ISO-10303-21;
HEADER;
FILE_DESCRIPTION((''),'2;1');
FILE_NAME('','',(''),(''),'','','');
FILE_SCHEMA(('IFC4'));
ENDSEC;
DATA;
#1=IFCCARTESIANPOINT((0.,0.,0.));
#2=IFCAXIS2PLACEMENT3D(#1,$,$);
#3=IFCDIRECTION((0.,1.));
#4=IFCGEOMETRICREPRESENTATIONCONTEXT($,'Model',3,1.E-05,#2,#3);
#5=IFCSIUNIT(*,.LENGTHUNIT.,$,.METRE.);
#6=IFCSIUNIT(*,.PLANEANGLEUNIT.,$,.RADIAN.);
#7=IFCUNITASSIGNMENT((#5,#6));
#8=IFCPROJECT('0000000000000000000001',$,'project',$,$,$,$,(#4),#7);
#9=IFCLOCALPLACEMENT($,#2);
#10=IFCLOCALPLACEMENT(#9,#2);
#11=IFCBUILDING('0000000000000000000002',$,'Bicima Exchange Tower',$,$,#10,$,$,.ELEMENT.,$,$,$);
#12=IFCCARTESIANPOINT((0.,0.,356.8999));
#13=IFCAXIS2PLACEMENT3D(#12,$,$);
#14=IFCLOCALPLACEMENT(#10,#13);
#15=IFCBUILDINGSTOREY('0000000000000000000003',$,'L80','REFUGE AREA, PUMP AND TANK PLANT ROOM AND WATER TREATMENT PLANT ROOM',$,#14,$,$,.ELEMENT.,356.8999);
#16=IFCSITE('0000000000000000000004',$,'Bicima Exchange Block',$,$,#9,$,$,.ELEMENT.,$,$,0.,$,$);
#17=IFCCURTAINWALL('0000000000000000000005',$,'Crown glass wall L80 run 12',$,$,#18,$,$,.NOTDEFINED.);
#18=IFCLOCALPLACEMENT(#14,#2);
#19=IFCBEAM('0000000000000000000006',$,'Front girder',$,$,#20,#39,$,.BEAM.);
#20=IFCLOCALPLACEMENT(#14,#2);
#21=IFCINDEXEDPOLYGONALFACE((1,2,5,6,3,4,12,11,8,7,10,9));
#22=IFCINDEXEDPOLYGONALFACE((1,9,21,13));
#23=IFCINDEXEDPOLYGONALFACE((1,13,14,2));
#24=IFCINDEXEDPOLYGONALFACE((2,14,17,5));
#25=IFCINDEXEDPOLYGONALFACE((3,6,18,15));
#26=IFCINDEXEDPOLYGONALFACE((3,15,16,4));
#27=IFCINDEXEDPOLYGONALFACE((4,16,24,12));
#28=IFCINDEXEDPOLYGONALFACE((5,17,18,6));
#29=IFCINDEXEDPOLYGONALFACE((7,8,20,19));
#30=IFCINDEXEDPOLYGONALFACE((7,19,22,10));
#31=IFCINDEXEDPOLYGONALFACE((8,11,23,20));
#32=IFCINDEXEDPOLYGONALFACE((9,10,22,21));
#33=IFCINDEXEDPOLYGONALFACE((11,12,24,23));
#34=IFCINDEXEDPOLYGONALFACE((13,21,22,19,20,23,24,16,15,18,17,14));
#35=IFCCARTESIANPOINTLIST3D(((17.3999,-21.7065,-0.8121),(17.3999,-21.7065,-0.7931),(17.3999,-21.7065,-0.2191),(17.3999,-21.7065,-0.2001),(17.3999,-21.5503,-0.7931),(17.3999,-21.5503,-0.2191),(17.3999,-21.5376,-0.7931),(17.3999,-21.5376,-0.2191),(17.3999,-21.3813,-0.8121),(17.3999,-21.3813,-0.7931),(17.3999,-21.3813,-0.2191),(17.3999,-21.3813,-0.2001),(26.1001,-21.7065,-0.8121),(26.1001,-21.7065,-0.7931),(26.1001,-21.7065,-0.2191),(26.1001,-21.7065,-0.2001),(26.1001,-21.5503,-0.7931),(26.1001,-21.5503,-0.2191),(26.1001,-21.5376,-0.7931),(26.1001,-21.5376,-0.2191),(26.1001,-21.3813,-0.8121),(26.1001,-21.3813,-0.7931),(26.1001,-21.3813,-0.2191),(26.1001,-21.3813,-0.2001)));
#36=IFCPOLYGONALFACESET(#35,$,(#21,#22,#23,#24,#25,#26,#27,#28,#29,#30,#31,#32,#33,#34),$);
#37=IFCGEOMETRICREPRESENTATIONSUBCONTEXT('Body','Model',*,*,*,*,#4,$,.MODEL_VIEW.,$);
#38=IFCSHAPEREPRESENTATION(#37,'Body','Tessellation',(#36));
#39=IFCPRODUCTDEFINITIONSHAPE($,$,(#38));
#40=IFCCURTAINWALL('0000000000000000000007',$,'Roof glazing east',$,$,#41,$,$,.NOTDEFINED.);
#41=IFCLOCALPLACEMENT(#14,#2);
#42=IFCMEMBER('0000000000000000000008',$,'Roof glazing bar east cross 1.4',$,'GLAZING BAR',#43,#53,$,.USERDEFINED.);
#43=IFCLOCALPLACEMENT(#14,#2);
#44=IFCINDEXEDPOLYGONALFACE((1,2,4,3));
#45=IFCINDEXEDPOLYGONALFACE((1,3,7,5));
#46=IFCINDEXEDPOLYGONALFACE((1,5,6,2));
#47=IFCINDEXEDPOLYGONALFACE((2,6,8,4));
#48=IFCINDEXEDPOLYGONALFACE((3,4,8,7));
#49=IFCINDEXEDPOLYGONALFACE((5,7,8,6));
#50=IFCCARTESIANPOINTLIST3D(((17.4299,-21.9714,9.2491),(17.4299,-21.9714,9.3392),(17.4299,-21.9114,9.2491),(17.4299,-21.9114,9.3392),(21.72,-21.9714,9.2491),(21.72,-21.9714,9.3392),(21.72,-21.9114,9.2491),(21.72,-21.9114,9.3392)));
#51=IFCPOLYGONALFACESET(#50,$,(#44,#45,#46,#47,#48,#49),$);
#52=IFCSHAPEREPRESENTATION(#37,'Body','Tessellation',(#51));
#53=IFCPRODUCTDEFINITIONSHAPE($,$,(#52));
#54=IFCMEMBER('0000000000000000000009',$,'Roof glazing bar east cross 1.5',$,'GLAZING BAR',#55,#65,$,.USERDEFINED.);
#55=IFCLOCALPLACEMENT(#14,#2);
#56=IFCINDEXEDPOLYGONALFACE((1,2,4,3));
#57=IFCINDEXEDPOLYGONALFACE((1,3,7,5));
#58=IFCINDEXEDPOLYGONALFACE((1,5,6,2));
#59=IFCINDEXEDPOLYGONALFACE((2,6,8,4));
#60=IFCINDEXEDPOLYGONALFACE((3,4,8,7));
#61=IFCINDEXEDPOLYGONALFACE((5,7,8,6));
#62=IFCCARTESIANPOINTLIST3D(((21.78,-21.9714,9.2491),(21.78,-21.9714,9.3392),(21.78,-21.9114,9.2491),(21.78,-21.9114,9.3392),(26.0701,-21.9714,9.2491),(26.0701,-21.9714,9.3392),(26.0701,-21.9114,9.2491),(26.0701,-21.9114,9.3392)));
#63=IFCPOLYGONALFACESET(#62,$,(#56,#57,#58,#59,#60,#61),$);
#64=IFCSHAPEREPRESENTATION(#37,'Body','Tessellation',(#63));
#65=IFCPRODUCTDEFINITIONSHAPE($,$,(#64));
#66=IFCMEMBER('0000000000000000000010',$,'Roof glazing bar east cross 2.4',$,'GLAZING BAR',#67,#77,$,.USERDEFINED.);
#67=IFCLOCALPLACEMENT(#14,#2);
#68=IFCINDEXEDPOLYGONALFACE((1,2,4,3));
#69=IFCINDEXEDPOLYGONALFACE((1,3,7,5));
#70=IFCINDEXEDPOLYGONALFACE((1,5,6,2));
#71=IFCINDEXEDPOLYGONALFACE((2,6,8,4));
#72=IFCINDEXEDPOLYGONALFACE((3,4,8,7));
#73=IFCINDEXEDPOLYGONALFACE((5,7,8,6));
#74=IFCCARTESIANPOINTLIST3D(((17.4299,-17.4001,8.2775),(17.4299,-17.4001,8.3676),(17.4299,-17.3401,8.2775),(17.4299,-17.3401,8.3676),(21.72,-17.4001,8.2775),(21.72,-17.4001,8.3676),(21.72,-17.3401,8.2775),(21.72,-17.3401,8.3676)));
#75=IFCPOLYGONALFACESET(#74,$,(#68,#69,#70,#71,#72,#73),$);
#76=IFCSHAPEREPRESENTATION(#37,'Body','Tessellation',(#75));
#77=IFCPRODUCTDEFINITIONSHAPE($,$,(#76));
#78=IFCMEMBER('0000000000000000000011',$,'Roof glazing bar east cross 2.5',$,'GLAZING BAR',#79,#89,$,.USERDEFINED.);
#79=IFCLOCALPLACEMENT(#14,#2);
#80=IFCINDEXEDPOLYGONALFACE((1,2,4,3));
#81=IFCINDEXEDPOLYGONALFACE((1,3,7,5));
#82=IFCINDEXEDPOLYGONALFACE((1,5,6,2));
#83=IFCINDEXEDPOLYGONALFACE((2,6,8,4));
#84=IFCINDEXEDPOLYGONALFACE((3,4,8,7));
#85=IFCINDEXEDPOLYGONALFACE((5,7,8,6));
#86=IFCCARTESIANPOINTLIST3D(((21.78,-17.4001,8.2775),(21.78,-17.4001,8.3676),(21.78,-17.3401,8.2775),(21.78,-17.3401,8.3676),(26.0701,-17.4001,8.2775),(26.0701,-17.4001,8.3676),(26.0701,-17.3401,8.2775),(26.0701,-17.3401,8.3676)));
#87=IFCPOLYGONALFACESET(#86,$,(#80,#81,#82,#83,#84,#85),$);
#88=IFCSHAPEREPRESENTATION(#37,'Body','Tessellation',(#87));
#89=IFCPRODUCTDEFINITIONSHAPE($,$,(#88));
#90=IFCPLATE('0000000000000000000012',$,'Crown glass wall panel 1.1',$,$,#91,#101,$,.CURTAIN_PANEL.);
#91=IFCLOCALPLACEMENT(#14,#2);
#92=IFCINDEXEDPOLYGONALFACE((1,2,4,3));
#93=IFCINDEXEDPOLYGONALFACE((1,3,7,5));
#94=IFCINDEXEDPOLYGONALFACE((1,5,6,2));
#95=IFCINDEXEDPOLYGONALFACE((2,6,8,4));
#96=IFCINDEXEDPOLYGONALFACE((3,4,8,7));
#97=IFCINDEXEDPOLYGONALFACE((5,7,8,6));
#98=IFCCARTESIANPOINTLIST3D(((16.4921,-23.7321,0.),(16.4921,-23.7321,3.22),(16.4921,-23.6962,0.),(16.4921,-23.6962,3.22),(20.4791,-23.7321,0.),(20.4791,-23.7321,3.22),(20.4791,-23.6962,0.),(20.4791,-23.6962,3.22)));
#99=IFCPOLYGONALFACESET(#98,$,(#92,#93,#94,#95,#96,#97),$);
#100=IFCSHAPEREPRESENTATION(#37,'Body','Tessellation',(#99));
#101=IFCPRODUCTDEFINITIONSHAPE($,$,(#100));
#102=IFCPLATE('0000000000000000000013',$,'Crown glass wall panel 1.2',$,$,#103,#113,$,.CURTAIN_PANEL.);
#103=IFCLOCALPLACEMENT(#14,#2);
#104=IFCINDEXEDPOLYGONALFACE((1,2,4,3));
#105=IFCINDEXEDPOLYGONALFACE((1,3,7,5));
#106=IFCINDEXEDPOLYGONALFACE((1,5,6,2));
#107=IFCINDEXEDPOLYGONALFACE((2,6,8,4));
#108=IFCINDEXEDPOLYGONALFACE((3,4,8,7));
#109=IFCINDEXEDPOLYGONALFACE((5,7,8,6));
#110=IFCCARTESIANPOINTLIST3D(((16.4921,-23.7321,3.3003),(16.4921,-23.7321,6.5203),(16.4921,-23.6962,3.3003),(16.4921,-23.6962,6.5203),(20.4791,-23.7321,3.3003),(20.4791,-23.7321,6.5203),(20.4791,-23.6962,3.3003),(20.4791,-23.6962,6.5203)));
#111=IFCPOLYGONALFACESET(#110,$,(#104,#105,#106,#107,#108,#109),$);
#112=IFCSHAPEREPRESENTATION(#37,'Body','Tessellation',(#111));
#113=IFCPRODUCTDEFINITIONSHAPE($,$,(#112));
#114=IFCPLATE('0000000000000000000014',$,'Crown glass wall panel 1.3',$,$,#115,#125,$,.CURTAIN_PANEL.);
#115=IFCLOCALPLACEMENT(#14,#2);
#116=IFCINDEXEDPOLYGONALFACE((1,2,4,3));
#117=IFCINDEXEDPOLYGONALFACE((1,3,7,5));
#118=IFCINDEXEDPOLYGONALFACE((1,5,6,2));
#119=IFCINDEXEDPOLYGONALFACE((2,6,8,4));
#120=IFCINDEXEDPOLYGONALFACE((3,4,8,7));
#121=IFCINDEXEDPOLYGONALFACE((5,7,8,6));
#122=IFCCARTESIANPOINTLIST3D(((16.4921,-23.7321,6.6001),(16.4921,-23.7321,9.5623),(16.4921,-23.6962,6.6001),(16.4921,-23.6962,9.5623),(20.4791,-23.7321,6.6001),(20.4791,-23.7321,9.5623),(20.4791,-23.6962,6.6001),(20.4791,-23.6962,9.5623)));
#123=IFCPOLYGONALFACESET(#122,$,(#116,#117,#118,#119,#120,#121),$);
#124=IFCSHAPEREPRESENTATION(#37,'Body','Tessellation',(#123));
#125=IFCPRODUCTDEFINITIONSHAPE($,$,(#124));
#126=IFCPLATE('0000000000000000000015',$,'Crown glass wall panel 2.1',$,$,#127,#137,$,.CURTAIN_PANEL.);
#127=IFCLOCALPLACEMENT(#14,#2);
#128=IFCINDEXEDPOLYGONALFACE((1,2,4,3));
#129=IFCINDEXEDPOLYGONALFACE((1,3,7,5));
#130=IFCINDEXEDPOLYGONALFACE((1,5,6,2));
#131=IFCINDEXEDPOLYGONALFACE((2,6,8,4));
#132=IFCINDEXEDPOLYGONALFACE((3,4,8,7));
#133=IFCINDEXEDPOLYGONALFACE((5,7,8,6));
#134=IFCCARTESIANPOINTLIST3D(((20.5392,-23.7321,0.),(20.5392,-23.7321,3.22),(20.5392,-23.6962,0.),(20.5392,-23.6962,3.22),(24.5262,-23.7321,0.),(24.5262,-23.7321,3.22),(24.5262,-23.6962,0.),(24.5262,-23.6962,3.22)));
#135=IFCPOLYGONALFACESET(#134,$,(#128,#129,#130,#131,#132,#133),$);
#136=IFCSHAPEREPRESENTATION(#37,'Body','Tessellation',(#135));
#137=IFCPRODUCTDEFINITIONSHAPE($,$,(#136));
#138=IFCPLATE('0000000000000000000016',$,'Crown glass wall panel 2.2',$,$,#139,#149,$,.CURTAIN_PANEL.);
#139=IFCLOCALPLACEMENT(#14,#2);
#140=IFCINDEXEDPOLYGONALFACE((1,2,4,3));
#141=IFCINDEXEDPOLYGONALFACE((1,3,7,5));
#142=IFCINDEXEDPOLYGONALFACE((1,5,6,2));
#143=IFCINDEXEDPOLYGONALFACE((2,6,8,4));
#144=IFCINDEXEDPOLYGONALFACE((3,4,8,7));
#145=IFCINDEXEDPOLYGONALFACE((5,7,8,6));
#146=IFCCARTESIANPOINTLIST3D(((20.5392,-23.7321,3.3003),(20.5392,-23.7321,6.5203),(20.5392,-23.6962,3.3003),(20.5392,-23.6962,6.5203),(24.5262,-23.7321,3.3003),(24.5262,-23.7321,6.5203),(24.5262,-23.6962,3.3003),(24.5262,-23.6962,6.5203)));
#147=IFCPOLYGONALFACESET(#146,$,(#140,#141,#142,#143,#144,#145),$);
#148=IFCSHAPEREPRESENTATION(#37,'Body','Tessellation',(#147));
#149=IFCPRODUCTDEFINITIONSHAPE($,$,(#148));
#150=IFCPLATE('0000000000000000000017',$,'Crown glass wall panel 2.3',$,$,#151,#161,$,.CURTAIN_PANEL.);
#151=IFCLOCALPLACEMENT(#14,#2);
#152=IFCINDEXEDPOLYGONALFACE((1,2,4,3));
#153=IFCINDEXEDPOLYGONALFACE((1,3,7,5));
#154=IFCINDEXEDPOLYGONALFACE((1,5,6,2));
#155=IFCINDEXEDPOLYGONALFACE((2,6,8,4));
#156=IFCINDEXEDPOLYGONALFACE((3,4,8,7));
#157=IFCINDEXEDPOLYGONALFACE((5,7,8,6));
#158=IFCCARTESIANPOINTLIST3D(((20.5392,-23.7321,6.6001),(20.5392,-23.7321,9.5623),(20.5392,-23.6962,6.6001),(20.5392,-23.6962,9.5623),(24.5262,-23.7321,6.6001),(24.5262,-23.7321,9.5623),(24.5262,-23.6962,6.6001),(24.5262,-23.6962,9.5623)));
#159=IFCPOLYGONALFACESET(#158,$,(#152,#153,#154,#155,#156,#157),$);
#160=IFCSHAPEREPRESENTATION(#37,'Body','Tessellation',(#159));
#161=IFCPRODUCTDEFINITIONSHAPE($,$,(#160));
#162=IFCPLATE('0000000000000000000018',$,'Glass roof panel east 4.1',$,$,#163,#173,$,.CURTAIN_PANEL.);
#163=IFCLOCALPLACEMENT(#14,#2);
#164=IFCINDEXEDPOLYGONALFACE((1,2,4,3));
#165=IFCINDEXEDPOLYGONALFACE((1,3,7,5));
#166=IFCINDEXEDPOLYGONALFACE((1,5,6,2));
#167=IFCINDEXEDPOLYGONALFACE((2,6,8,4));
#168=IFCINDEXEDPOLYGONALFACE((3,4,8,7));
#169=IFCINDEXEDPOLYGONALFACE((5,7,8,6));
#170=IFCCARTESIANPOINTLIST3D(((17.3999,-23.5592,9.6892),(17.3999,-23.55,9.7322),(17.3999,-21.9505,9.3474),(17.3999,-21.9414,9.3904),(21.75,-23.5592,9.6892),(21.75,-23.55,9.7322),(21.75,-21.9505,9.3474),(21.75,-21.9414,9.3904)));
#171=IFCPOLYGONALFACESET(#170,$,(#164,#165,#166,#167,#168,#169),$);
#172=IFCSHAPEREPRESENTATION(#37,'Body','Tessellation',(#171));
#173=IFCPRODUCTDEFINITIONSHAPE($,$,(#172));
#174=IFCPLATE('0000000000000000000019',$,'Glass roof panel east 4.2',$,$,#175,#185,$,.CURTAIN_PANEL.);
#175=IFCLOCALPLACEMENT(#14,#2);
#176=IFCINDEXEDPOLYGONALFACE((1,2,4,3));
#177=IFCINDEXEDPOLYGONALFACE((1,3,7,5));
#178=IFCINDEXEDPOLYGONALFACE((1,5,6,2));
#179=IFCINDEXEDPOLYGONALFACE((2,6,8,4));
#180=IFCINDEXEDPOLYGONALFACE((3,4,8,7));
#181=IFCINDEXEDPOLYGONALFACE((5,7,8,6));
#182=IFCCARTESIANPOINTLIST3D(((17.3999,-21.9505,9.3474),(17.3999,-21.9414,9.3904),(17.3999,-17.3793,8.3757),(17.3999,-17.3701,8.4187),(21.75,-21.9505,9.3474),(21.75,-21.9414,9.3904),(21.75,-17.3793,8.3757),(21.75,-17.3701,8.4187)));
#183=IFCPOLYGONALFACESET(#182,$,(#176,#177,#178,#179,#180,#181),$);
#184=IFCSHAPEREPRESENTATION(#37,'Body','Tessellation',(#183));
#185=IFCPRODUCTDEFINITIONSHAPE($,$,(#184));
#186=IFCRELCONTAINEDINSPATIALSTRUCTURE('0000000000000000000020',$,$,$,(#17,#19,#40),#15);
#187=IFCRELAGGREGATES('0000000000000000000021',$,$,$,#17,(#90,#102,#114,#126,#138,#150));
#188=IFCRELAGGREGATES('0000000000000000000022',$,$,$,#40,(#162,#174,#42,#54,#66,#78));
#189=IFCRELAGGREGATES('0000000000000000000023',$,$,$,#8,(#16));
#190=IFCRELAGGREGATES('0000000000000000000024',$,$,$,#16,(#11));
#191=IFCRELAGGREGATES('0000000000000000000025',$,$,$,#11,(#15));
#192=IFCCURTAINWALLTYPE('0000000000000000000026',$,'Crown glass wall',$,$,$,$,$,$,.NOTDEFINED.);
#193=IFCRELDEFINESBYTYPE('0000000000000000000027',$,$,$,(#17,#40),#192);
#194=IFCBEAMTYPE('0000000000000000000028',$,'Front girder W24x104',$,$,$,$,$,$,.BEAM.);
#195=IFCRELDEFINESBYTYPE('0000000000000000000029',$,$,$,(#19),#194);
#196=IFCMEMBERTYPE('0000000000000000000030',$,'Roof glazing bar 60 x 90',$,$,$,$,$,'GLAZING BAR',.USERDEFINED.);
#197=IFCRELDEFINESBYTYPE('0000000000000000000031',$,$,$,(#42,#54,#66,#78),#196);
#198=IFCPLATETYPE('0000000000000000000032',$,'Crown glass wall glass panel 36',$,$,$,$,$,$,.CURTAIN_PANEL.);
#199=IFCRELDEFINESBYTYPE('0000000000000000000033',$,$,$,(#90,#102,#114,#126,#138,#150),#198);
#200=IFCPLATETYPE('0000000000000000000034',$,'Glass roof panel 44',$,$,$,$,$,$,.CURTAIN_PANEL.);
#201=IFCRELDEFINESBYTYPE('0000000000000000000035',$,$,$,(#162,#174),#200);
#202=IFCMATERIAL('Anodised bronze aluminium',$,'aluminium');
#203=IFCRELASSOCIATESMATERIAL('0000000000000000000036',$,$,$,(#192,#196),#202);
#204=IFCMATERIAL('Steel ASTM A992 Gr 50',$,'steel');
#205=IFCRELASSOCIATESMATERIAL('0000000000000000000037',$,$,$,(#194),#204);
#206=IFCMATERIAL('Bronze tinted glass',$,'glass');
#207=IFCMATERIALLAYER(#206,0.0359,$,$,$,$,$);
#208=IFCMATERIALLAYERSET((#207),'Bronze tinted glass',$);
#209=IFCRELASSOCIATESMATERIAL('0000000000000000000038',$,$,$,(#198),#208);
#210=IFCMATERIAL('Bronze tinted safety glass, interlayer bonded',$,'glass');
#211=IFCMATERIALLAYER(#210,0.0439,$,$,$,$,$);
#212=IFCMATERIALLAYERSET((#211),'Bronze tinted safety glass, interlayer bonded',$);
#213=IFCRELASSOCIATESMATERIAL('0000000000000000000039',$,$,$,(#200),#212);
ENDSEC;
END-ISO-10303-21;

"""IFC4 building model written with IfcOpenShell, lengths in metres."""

from ifc_helpers import new_model, si_unit, direction, frame, origin, origin_2d, place, context, subcontext, project, spatial, polyline, rectangle, i_section, outline, extrude, material, layer, layer_set, material_profile, profile_set, type_object, element, aggregate, save


model = new_model("IFC4")

# Units and contexts
model_context = context("Model", 3, precision=1e-05, world=origin(), true_north=direction((0.0, 1.0)))
body_context = subcontext(model_context, "Body", "Model", "MODEL_VIEW")
ifc_project = project(units=[si_unit("LENGTHUNIT", "METRE"), si_unit("PLANEANGLEUNIT", "RADIAN")], contexts=[model_context])

# Site, building, storey
site_placement = place(None, origin())
site = spatial("IfcSite", under=ifc_project, at=site_placement, Name="Bicima Exchange Block", CompositionType="ELEMENT", RefElevation=0.0)
building_placement = place(site_placement, origin())
building = spatial("IfcBuilding", under=site, at=building_placement, Name="Bicima Exchange Tower", CompositionType="ELEMENT")
storey_placement = place(building_placement, frame((0.0, 0.0, 356.8999)))
storey = spatial("IfcBuildingStorey", under=building, at=storey_placement, Name="L80", Description="REFUGE AREA, PUMP AND TANK PLANT ROOM AND WATER TREATMENT PLANT ROOM", CompositionType="ELEMENT", Elevation=356.8999)

# Shared definitions
ifc_material_1 = material(Name="Steel ASTM A992 Gr 50", Category="steel")

# Curtain wall
ifc_material_2 = material(Name="Anodised bronze aluminium", Category="aluminium")
curtain_wall_type = type_object("IfcCurtainWallType", Name="Crown glass wall", PredefinedType="NOTDEFINED", material=ifc_material_2)
curtain_wall_1_placement = place(storey_placement, origin())
curtain_wall_1 = element("IfcCurtainWall", 1, at=curtain_wall_1_placement, inside=storey, type_object=curtain_wall_type, Name="Crown glass wall L80 run 12", PredefinedType="NOTDEFINED")

# Beam
ifc_material_profile_1 = material_profile(ifc_material_1, i_section(OverallWidth=0.3252, OverallDepth=0.6121, WebThickness=0.0127, FlangeThickness=0.019, at=origin_2d()))
ifc_profile_set_1 = profile_set([ifc_material_profile_1], Name="Steel ASTM A992 Gr 50")
beam_type = type_object("IfcBeamType", Name="Front girder W24x104", PredefinedType="BEAM", material=ifc_profile_set_1)
beam_placement = place(storey_placement, frame((17.3999, -21.5439, -0.5061), z_axis=(1.0, 0.0, 0.0), x_axis=(0.0, 1.0, 0.0)))
element("IfcBeam", 2, at=beam_placement, inside=storey, type_object=beam_type, Name="Front girder", PredefinedType="BEAM", context=body_context, shape_type="SweptSolid", body=[
    extrude(i_section(OverallWidth=0.3252, OverallDepth=0.6121, WebThickness=0.0127, FlangeThickness=0.019, at=origin_2d()), origin(), (0.0, 0.0, 1.0), 8.7002),
])

# Curtain wall, members
curtain_wall_2_placement = place(storey_placement, origin())
curtain_wall_2 = element("IfcCurtainWall", 3, at=curtain_wall_2_placement, inside=storey, type_object=curtain_wall_type, Name="Roof glazing east", PredefinedType="NOTDEFINED")
ifc_material_profile_2 = material_profile(ifc_material_2, rectangle(XDim=0.0601, YDim=0.0901, at=origin_2d()))
ifc_profile_set_2 = profile_set([ifc_material_profile_2], Name="Anodised bronze aluminium")
member_type_1 = type_object("IfcMemberType", Name="Roof glazing bar 60 x 90", ElementType="GLAZING BAR", PredefinedType="USERDEFINED", material=ifc_profile_set_2)
member_1_placement = place(storey_placement, frame((17.4299, -21.9414, 9.2942), z_axis=(1.0, 0.0, 0.0), x_axis=(0.0, 1.0, 0.0)))
member_1 = element("IfcMember", 4, at=member_1_placement, type_object=member_type_1, Name="Roof glazing bar east cross 1.4", ObjectType="GLAZING BAR", PredefinedType="USERDEFINED", context=body_context, shape_type="SweptSolid", body=[
    extrude(rectangle(XDim=0.0601, YDim=0.0901, at=origin_2d()), origin(), (0.0, 0.0, 1.0), 4.29),
])
member_2_placement = place(storey_placement, frame((21.78, -21.9414, 9.2942), z_axis=(1.0, 0.0, 0.0), x_axis=(0.0, 1.0, 0.0)))
member_2 = element("IfcMember", 5, at=member_2_placement, type_object=member_type_1, Name="Roof glazing bar east cross 1.5", ObjectType="GLAZING BAR", PredefinedType="USERDEFINED", context=body_context, shape_type="SweptSolid", body=[
    extrude(rectangle(XDim=0.0601, YDim=0.0901, at=origin_2d()), origin(), (0.0, 0.0, 1.0), 4.29),
])
member_3_placement = place(storey_placement, frame((17.4299, -17.3701, 8.3225), z_axis=(1.0, 0.0, 0.0), x_axis=(0.0, 1.0, 0.0)))
member_3 = element("IfcMember", 6, at=member_3_placement, type_object=member_type_1, Name="Roof glazing bar east cross 2.4", ObjectType="GLAZING BAR", PredefinedType="USERDEFINED", context=body_context, shape_type="SweptSolid", body=[
    extrude(rectangle(XDim=0.0601, YDim=0.0901, at=origin_2d()), origin(), (0.0, 0.0, 1.0), 4.29),
])
member_4_placement = place(storey_placement, frame((21.78, -17.3701, 8.3225), z_axis=(1.0, 0.0, 0.0), x_axis=(0.0, 1.0, 0.0)))
member_4 = element("IfcMember", 7, at=member_4_placement, type_object=member_type_1, Name="Roof glazing bar east cross 2.5", ObjectType="GLAZING BAR", PredefinedType="USERDEFINED", context=body_context, shape_type="SweptSolid", body=[
    extrude(rectangle(XDim=0.0601, YDim=0.0901, at=origin_2d()), origin(), (0.0, 0.0, 1.0), 4.29),
])

# Plates
ifc_material_3 = material(Name="Bronze tinted glass", Category="glass")
ifc_layer_1 = layer(ifc_material_3, 0.0359)
ifc_layer_set_1 = layer_set([ifc_layer_1], Name="Bronze tinted glass")
plate_type_1 = type_object("IfcPlateType", Name="Crown glass wall glass panel 36", PredefinedType="CURTAIN_PANEL", material=ifc_layer_set_1)
plate_1_placement = place(storey_placement, frame((18.4856, -23.7141, 0.0), z_axis=(0.0, 0.0, 1.0), x_axis=(1.0, 0.0, 0.0)))
plate_1 = element("IfcPlate", 8, at=plate_1_placement, type_object=plate_type_1, Name="Crown glass wall panel 1.1", PredefinedType="CURTAIN_PANEL", context=body_context, shape_type="SweptSolid", body=[
    extrude(rectangle(XDim=3.9871, YDim=0.0359, at=origin_2d()), origin(), (0.0, 0.0, 1.0), 3.22),
])
plate_2_placement = place(storey_placement, frame((18.4856, -23.7141, 3.3003), z_axis=(0.0, 0.0, 1.0), x_axis=(1.0, 0.0, 0.0)))
plate_2 = element("IfcPlate", 9, at=plate_2_placement, type_object=plate_type_1, Name="Crown glass wall panel 1.2", PredefinedType="CURTAIN_PANEL", context=body_context, shape_type="SweptSolid", body=[
    extrude(rectangle(XDim=3.9871, YDim=0.0359, at=origin_2d()), origin(), (0.0, 0.0, 1.0), 3.22),
])
plate_3_placement = place(storey_placement, frame((18.4856, -23.7141, 6.6001), z_axis=(0.0, 0.0, 1.0), x_axis=(1.0, 0.0, 0.0)))
plate_3 = element("IfcPlate", 10, at=plate_3_placement, type_object=plate_type_1, Name="Crown glass wall panel 1.3", PredefinedType="CURTAIN_PANEL", context=body_context, shape_type="SweptSolid", body=[
    extrude(rectangle(XDim=3.9871, YDim=0.0359, at=origin_2d()), origin(), (0.0, 0.0, 1.0), 2.9622),
])
plate_4_placement = place(storey_placement, frame((22.5327, -23.7141, 0.0), z_axis=(0.0, 0.0, 1.0), x_axis=(1.0, 0.0, 0.0)))
plate_4 = element("IfcPlate", 11, at=plate_4_placement, type_object=plate_type_1, Name="Crown glass wall panel 2.1", PredefinedType="CURTAIN_PANEL", context=body_context, shape_type="SweptSolid", body=[
    extrude(rectangle(XDim=3.9871, YDim=0.0359, at=origin_2d()), origin(), (0.0, 0.0, 1.0), 3.22),
])
plate_5_placement = place(storey_placement, frame((22.5327, -23.7141, 3.3003), z_axis=(0.0, 0.0, 1.0), x_axis=(1.0, 0.0, 0.0)))
plate_5 = element("IfcPlate", 12, at=plate_5_placement, type_object=plate_type_1, Name="Crown glass wall panel 2.2", PredefinedType="CURTAIN_PANEL", context=body_context, shape_type="SweptSolid", body=[
    extrude(rectangle(XDim=3.9871, YDim=0.0359, at=origin_2d()), origin(), (0.0, 0.0, 1.0), 3.22),
])
plate_6_placement = place(storey_placement, frame((22.5327, -23.7141, 6.6001), z_axis=(0.0, 0.0, 1.0), x_axis=(1.0, 0.0, 0.0)))
plate_6 = element("IfcPlate", 13, at=plate_6_placement, type_object=plate_type_1, Name="Crown glass wall panel 2.3", PredefinedType="CURTAIN_PANEL", context=body_context, shape_type="SweptSolid", body=[
    extrude(rectangle(XDim=3.9871, YDim=0.0359, at=origin_2d()), origin(), (0.0, 0.0, 1.0), 2.9622),
])
aggregate(curtain_wall_1, [plate_1, plate_2, plate_3, plate_4, plate_5, plate_6])
ifc_material_4 = material(Name="Bronze tinted safety glass, interlayer bonded", Category="glass")
ifc_layer_2 = layer(ifc_material_4, 0.0439)
ifc_layer_set_2 = layer_set([ifc_layer_2], Name="Bronze tinted safety glass, interlayer bonded")
plate_type_2 = type_object("IfcPlateType", Name="Glass roof panel 44", PredefinedType="CURTAIN_PANEL", material=ifc_layer_set_2)
plate_7_placement = place(storey_placement, frame((17.3999, -23.55, 9.7322), z_axis=(0.0, 0.207836, 0.978164), x_axis=(0.0, 0.978164, -0.207836)))
plate_7 = element("IfcPlate", 14, at=plate_7_placement, type_object=plate_type_2, Name="Glass roof panel east 4.1", PredefinedType="CURTAIN_PANEL", context=body_context, shape_type="SweptSolid", body=[
    extrude(outline(polyline([(0.0, 0.0), (1.6446, 0.0), (1.6446, -4.3501), (0.0, -4.3501), (0.0, 0.0)])), origin(), (0.0, 0.0, -1.0), 0.0439),
])
plate_8_placement = place(storey_placement, frame((17.3999, -21.9414, 9.3904), z_axis=(0.0, 0.207916, 0.978147), x_axis=(0.0, 0.978147, -0.207916)))
plate_8 = element("IfcPlate", 15, at=plate_8_placement, type_object=plate_type_2, Name="Glass roof panel east 4.2", PredefinedType="CURTAIN_PANEL", context=body_context, shape_type="SweptSolid", body=[
    extrude(outline(polyline([(0.0, 0.0), (4.6734, 0.0), (4.6734, -4.3501), (0.0, -4.3501), (0.0, 0.0)])), origin(), (0.0, 0.0, -1.0), 0.0439),
])
aggregate(curtain_wall_2, [plate_7, plate_8, member_1, member_2, member_3, member_4])

save(model, "model.ifc")
